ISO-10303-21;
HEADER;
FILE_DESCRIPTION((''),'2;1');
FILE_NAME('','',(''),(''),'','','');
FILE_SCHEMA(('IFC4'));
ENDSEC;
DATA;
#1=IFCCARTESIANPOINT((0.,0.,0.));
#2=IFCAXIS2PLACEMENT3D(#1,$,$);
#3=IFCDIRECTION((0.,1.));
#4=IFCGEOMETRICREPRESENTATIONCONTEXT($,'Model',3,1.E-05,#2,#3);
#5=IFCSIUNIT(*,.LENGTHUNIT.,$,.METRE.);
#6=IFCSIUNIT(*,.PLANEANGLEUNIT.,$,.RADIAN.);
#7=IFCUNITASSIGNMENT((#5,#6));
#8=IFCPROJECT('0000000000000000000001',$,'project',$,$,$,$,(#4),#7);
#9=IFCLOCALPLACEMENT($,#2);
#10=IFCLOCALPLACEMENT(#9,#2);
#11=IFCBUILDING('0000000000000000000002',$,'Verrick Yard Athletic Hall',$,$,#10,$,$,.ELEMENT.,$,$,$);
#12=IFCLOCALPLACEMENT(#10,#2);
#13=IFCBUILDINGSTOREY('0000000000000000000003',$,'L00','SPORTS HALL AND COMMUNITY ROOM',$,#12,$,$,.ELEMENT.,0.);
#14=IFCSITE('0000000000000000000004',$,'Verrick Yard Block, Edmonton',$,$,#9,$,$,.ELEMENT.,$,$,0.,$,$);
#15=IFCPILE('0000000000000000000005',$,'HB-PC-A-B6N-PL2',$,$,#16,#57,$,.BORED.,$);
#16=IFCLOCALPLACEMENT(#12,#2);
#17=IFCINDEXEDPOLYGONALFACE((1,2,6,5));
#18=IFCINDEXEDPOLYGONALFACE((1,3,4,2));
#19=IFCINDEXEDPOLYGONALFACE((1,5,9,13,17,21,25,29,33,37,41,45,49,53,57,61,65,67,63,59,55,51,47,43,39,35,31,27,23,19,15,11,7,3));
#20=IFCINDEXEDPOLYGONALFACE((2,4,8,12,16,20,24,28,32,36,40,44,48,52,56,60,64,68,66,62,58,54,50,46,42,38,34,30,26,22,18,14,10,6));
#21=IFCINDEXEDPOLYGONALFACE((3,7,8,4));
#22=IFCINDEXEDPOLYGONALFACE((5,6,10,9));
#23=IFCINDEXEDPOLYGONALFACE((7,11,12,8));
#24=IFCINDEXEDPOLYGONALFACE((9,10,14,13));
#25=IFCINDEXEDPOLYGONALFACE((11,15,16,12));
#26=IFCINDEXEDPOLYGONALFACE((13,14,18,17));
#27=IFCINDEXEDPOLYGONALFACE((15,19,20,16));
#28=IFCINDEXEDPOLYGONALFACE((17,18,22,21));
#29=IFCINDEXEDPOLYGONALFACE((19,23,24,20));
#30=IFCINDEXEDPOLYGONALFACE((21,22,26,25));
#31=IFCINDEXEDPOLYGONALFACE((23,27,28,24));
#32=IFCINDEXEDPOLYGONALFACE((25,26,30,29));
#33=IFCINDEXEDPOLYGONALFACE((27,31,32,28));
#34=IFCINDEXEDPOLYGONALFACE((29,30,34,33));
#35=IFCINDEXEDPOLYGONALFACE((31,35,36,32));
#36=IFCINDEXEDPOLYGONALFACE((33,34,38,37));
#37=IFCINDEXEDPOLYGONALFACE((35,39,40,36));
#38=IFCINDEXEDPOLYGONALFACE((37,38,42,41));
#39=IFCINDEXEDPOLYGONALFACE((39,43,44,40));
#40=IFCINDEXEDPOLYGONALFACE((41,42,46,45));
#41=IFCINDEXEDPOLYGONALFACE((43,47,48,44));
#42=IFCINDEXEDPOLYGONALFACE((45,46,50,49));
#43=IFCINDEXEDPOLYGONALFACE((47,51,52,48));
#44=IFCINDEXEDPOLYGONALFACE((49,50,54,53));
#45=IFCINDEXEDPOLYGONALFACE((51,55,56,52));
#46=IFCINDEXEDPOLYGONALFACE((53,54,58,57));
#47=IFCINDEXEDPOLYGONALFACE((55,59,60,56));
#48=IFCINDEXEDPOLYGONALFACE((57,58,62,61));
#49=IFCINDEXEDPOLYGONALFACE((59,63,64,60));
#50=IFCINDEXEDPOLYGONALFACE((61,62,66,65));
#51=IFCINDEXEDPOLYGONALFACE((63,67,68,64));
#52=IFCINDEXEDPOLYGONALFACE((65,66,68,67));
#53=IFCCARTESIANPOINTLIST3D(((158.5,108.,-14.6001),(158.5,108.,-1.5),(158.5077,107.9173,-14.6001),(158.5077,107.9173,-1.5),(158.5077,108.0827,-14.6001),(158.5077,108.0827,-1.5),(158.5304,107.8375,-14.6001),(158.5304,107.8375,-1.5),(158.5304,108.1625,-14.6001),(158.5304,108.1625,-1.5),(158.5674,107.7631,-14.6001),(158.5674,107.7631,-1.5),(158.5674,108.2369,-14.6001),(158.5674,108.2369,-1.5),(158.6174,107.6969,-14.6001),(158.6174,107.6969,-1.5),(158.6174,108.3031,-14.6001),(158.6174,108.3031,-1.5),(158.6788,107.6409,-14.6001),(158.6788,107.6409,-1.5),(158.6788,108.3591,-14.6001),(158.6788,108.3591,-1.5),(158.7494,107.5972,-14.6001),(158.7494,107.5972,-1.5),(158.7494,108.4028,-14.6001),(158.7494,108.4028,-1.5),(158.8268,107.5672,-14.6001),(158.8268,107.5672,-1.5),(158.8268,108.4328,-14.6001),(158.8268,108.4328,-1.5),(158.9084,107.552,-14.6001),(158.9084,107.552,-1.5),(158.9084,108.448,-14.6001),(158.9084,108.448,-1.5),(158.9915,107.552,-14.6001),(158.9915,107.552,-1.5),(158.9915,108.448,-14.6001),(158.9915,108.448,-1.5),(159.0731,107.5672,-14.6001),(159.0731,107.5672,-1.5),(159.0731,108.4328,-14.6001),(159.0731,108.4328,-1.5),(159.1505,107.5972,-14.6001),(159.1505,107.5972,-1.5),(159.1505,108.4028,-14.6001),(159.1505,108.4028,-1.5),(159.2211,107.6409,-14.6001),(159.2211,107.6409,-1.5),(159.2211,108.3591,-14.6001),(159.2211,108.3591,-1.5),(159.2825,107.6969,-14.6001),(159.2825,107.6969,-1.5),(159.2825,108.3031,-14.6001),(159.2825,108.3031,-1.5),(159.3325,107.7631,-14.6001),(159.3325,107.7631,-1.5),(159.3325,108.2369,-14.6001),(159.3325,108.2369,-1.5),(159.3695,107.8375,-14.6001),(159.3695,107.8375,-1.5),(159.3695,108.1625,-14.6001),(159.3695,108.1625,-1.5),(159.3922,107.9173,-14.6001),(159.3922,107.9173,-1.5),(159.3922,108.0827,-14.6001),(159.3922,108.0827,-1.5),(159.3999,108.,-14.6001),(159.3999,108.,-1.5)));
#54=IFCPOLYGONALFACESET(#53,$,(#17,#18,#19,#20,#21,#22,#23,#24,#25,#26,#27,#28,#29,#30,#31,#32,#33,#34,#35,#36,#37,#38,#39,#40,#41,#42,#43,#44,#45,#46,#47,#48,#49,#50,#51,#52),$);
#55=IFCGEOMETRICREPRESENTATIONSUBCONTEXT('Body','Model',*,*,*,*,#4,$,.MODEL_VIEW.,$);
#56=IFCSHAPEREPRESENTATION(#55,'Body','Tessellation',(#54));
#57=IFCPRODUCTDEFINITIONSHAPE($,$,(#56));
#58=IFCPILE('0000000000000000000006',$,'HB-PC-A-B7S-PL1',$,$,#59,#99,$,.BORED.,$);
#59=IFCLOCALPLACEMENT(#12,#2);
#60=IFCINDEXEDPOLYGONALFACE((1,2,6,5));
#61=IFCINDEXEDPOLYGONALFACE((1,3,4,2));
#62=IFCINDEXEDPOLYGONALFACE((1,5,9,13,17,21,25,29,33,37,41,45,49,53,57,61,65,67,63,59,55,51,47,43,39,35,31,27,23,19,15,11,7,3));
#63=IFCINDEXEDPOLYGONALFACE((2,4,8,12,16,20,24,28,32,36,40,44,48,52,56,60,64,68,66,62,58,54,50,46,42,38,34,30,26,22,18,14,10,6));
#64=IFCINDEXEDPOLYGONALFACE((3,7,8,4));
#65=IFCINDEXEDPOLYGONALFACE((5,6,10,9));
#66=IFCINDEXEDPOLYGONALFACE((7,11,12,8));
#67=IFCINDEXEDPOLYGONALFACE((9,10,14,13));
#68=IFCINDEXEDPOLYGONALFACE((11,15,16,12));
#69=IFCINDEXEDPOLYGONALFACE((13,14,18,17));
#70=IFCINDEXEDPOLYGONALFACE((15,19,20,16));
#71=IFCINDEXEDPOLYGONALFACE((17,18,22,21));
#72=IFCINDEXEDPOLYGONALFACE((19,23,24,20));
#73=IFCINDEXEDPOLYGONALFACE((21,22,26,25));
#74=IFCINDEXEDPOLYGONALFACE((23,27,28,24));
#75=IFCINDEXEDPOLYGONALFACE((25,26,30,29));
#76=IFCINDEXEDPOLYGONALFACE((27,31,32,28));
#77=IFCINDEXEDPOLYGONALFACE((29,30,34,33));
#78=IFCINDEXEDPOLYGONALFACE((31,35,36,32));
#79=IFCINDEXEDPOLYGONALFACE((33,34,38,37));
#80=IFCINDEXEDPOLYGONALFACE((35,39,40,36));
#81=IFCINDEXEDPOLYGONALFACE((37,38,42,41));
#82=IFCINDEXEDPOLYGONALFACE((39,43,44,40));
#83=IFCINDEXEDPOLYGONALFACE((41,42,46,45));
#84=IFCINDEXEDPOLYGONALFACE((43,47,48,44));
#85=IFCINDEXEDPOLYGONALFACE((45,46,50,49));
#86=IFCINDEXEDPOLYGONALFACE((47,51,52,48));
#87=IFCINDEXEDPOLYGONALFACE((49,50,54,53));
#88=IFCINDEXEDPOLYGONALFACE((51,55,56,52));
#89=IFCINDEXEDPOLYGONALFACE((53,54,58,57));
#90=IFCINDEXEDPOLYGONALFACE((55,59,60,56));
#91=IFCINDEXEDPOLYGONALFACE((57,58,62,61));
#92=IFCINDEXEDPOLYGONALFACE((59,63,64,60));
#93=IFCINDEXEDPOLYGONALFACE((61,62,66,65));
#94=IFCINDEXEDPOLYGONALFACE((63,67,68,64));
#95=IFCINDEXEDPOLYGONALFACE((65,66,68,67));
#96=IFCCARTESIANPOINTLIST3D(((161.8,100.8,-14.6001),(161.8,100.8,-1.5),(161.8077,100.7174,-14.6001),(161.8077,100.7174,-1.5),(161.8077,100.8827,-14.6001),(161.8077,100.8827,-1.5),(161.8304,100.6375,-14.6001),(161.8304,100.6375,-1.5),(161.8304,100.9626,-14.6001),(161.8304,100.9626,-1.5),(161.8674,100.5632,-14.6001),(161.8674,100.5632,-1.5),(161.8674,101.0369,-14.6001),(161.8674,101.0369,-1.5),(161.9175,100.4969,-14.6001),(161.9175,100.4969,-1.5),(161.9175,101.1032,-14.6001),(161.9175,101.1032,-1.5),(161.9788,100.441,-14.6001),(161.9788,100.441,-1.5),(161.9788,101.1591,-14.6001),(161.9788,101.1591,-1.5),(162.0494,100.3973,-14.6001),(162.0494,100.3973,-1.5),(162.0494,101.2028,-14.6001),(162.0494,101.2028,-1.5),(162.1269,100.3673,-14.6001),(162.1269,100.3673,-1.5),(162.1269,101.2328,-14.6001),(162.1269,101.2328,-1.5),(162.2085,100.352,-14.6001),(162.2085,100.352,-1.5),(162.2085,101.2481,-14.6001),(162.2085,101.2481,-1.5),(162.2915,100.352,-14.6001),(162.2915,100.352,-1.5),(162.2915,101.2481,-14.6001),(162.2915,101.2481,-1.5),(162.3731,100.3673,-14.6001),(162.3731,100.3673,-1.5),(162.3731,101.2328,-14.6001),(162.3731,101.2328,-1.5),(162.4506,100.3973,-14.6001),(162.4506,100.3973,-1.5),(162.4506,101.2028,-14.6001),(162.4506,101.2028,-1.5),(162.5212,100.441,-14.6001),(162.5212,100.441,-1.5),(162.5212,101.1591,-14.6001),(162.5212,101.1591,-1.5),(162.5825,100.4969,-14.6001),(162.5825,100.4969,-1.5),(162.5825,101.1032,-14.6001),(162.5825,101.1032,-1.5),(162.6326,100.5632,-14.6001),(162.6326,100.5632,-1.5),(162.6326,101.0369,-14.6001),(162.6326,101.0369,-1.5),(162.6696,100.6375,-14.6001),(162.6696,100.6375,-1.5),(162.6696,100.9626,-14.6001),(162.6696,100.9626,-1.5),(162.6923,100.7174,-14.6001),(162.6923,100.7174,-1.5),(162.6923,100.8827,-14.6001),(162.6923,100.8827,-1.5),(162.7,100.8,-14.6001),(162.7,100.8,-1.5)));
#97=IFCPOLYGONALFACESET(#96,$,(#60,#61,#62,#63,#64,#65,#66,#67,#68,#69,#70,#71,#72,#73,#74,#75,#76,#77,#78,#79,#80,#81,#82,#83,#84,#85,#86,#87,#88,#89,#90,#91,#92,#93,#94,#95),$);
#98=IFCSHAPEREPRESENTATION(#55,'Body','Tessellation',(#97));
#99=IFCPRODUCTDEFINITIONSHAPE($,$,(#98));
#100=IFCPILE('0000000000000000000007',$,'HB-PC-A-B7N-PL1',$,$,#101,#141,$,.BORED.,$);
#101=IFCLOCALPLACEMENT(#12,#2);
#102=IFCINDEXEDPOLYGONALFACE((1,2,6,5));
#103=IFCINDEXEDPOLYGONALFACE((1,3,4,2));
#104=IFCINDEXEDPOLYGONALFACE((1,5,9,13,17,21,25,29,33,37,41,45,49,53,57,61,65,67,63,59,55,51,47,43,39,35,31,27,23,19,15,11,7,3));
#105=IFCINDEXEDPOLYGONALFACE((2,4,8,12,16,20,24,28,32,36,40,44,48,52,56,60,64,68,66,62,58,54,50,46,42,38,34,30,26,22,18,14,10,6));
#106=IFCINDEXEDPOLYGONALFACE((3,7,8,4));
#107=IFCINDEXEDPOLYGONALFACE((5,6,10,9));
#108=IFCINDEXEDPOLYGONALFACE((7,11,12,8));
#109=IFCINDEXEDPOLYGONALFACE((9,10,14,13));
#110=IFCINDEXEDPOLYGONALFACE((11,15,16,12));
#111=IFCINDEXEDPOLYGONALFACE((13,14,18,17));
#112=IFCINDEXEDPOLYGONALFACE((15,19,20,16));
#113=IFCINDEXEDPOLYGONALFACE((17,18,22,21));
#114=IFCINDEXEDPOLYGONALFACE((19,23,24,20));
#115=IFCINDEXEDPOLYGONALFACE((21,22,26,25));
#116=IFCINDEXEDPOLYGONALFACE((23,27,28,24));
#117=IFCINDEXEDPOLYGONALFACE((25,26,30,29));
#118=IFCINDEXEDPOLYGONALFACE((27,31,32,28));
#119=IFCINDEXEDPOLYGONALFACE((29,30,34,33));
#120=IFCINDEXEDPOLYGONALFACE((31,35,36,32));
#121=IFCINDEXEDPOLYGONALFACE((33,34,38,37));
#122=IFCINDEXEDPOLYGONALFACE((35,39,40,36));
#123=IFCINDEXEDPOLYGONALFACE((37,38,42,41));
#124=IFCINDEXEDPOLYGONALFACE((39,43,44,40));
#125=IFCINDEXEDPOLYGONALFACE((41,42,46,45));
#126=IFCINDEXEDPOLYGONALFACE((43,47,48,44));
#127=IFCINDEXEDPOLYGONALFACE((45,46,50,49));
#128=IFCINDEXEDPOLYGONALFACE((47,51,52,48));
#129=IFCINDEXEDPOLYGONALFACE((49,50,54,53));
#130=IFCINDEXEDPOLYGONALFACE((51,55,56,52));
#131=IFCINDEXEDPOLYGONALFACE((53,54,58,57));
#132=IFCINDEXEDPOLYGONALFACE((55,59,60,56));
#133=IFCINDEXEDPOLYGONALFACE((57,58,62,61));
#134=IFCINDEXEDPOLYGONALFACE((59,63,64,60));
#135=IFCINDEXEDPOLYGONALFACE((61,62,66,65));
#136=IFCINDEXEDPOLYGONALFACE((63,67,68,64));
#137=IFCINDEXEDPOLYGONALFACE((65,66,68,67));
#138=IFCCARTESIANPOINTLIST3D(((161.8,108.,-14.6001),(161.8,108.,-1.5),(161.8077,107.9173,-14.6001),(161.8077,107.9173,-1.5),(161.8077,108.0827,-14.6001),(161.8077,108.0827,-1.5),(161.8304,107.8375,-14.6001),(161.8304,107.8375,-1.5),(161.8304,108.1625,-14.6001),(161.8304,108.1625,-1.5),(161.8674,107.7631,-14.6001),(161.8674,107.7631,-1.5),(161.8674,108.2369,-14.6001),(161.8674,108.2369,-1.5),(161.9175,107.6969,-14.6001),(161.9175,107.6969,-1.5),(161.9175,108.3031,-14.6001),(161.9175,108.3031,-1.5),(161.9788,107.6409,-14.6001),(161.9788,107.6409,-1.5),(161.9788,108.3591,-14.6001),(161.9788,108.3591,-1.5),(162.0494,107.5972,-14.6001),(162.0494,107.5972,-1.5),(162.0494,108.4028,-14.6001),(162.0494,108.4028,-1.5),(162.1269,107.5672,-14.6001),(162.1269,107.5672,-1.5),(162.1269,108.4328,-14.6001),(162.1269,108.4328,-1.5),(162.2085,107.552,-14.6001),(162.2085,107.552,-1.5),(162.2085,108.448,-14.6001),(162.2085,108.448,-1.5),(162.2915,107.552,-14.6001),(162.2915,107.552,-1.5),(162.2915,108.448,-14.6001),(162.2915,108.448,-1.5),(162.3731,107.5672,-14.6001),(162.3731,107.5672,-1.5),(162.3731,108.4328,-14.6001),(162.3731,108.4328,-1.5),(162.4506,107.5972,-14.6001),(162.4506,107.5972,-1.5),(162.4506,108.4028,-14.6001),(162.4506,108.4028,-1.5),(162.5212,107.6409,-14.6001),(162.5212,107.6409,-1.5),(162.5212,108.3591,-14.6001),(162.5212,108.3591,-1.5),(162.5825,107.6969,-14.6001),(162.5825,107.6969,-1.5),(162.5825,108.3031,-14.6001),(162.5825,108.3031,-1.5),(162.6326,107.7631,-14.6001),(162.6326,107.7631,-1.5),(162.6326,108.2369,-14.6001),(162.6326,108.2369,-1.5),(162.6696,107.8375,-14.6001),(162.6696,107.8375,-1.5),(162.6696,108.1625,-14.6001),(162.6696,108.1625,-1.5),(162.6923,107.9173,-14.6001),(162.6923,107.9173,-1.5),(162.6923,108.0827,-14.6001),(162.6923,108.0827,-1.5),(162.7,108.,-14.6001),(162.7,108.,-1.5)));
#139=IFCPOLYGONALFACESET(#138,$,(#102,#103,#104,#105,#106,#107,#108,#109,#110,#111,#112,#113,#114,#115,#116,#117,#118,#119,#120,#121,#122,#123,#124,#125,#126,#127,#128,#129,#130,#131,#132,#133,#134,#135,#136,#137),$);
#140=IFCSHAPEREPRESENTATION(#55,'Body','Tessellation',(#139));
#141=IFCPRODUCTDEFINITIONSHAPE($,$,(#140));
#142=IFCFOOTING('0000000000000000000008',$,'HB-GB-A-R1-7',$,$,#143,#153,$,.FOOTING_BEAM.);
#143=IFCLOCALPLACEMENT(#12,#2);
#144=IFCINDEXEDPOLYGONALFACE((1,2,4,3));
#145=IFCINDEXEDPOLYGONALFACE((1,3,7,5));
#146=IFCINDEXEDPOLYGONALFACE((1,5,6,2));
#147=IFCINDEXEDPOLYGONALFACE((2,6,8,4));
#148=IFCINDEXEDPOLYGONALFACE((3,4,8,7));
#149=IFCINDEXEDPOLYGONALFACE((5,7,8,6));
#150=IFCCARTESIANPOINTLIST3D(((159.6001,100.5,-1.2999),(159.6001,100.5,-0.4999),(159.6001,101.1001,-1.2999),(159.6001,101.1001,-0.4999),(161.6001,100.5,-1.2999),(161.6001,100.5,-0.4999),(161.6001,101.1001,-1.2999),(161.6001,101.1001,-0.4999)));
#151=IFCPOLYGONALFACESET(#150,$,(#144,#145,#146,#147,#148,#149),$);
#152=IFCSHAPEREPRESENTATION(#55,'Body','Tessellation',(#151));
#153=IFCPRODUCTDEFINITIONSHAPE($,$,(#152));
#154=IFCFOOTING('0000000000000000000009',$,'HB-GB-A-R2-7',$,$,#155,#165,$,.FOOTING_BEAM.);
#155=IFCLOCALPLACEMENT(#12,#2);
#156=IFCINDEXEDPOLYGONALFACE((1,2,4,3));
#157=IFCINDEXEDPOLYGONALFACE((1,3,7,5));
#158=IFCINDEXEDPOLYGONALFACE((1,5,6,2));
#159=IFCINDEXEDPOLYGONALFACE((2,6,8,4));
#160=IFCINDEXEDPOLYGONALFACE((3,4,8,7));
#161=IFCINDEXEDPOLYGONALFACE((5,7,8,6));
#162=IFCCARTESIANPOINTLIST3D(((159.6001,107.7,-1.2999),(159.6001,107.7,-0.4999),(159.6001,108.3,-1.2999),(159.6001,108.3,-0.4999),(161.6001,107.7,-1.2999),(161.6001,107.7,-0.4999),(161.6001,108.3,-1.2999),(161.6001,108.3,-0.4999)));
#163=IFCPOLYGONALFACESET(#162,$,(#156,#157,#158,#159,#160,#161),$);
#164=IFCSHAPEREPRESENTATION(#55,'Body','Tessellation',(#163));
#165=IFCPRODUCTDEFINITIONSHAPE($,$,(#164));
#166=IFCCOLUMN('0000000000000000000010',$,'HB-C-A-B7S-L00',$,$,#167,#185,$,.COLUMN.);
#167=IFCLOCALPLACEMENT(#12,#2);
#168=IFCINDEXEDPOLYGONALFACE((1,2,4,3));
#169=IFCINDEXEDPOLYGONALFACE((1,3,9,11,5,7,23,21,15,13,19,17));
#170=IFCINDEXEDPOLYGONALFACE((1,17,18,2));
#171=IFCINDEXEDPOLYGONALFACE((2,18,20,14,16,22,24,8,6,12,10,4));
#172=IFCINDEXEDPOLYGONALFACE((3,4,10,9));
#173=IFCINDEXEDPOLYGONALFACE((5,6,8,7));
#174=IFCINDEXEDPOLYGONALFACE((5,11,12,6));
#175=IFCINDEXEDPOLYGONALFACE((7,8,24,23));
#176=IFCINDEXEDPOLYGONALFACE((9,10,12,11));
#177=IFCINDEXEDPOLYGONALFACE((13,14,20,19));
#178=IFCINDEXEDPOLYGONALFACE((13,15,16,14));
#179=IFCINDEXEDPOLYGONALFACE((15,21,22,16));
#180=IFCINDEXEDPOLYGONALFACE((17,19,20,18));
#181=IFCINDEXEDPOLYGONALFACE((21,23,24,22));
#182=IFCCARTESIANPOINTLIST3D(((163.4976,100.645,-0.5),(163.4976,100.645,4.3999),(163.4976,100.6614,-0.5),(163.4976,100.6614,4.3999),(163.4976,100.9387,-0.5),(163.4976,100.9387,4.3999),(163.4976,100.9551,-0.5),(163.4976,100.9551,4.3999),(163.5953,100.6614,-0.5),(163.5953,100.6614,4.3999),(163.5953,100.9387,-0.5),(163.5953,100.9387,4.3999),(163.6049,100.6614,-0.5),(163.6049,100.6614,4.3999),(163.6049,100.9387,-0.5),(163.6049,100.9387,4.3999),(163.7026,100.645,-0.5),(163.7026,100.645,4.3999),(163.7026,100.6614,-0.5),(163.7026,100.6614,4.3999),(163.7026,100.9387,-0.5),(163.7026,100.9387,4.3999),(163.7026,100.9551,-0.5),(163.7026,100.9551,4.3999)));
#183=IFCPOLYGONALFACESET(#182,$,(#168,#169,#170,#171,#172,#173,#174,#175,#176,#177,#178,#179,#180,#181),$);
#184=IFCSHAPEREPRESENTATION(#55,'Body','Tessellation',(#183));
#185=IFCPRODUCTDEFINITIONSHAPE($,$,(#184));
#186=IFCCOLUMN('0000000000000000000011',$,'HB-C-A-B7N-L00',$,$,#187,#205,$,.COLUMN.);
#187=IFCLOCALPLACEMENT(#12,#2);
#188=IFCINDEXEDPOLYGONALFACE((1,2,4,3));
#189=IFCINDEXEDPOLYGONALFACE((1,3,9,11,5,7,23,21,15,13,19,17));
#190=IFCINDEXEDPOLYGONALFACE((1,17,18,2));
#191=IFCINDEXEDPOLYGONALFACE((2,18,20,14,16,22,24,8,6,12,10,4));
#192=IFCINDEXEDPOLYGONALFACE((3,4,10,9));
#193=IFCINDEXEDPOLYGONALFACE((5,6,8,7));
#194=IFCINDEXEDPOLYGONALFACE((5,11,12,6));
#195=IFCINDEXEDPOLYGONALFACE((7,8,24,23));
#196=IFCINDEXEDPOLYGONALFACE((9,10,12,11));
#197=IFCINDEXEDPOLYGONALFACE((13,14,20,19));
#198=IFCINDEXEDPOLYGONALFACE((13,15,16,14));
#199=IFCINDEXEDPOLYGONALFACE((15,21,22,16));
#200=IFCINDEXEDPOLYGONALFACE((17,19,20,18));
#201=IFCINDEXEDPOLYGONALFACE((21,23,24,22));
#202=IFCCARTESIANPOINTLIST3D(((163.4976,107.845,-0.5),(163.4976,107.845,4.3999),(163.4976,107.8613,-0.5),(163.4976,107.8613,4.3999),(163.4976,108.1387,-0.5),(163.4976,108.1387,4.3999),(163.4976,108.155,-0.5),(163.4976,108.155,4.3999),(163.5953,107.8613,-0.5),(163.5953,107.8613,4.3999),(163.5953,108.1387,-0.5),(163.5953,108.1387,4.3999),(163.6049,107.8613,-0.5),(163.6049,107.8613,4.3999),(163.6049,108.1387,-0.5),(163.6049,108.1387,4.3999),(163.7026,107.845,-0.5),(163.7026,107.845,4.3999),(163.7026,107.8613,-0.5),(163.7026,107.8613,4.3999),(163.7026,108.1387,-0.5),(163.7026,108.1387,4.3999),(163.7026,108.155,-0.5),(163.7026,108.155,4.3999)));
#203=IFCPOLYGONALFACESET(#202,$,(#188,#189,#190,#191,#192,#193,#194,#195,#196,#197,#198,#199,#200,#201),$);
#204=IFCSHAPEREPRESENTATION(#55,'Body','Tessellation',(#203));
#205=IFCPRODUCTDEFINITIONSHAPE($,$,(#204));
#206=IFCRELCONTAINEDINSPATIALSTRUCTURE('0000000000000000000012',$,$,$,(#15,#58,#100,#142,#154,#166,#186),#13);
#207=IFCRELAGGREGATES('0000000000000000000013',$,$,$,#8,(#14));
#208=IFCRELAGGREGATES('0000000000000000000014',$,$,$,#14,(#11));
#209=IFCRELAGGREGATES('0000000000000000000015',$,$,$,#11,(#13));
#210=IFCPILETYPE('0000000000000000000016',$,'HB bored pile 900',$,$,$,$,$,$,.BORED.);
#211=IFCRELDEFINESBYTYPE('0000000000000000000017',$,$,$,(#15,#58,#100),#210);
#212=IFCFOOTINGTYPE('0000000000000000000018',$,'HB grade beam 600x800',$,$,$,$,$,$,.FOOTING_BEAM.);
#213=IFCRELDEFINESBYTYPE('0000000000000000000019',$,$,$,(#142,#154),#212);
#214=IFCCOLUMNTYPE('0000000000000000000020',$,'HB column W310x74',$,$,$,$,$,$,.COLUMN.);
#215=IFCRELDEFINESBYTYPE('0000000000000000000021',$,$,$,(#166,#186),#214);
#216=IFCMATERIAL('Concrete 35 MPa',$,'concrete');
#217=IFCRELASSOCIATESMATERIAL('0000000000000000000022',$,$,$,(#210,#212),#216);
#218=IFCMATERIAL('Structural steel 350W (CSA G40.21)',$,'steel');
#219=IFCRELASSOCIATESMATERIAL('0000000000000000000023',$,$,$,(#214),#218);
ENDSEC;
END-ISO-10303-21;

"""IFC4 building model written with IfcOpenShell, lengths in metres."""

from ifc_helpers import new_model, si_unit, direction, frame, origin, origin_2d, place, context, subcontext, project, spatial, rectangle, circle, i_section, extrude, material, material_profile, profile_set, type_object, element, save


model = new_model("IFC4")

# Units and contexts
model_context = context("Model", 3, precision=1e-05, world=origin(), true_north=direction((0.0, 1.0)))
body_context = subcontext(model_context, "Body", "Model", "MODEL_VIEW")
ifc_project = project(units=[si_unit("LENGTHUNIT", "METRE"), si_unit("PLANEANGLEUNIT", "RADIAN")], contexts=[model_context])

# Site, building, storey
site_placement = place(None, origin())
site = spatial("IfcSite", under=ifc_project, at=site_placement, Name="Verrick Yard Block, Edmonton", CompositionType="ELEMENT", RefElevation=0.0)
building_placement = place(site_placement, origin())
building = spatial("IfcBuilding", under=site, at=building_placement, Name="Verrick Yard Athletic Hall", CompositionType="ELEMENT")
storey_placement = place(building_placement, origin())
storey = spatial("IfcBuildingStorey", under=building, at=storey_placement, Name="L00", Description="SPORTS HALL AND COMMUNITY ROOM", CompositionType="ELEMENT", Elevation=0.0)

# Piles
ifc_material_1 = material(Name="Concrete 35 MPa", Category="concrete")
ifc_material_profile_1 = material_profile(ifc_material_1, circle(Radius=0.45, at=origin_2d()), Name="Bored pile 900")
ifc_profile_set_1 = profile_set([ifc_material_profile_1], Name="Concrete 35 MPa")
pile_type = type_object("IfcPileType", Name="HB bored pile 900", PredefinedType="BORED", material=ifc_profile_set_1)
for number, where, z_axis, x_axis, name in (
    (1, (158.95, 108.0, -1.5), (0.0, 0.0, -1.0), (1.0, 0.0, 0.0), "HB-PC-A-B6N-PL2"),
    (2, (162.25, 100.8, -1.5), (0.0, 0.0, -1.0), (1.0, 0.0, 0.0), "HB-PC-A-B7S-PL1"),
    (3, (162.25, 108.0, -1.5), (0.0, 0.0, -1.0), (1.0, 0.0, 0.0), "HB-PC-A-B7N-PL1"),
):
    element("IfcPile", number, at=place(storey_placement, frame(where, z_axis=z_axis, x_axis=x_axis)), inside=storey, type_object=pile_type, Name=name, PredefinedType="BORED", context=body_context, shape_type="SweptSolid", body=[
        extrude(circle(Radius=0.45, at=origin_2d()), origin(), (0.0, 0.0, 1.0), 13.1001),
    ])

# Footings
ifc_material_profile_2 = material_profile(ifc_material_1, rectangle(XDim=0.6001, YDim=0.8, at=origin_2d()), Name="Grade beam 600x800")
ifc_profile_set_2 = profile_set([ifc_material_profile_2], Name="Concrete 35 MPa")
footing_type = type_object("IfcFootingType", Name="HB grade beam 600x800", PredefinedType="FOOTING_BEAM", material=ifc_profile_set_2)
for number, where, z_axis, x_axis, name in (
    (4, (159.6001, 100.8, -0.8999), (1.0, 0.0, 0.0), (0.0, 1.0, 0.0), "HB-GB-A-R1-7"),
    (5, (159.6001, 108.0, -0.8999), (1.0, 0.0, 0.0), (0.0, 1.0, 0.0), "HB-GB-A-R2-7"),
):
    element("IfcFooting", number, at=place(storey_placement, frame(where, z_axis=z_axis, x_axis=x_axis)), inside=storey, type_object=footing_type, Name=name, PredefinedType="FOOTING_BEAM", context=body_context, shape_type="SweptSolid", body=[
        extrude(rectangle(XDim=0.6001, YDim=0.8, at=origin_2d()), origin(), (0.0, 0.0, 1.0), 2.0),
    ])

# Columns
ifc_material_2 = material(Name="Structural steel 350W (CSA G40.21)", Category="steel")
ifc_material_profile_3 = material_profile(ifc_material_2, i_section(OverallWidth=0.2051, OverallDepth=0.3101, WebThickness=0.0095, FlangeThickness=0.0164, at=origin_2d()), Name="W310x74")
ifc_profile_set_3 = profile_set([ifc_material_profile_3], Name="Structural steel 350W (CSA G40.21)")
column_type = type_object("IfcColumnType", Name="HB column W310x74", PredefinedType="COLUMN", material=ifc_profile_set_3)
for number, where, z_axis, x_axis, name in (
    (6, (163.6001, 100.8, -0.5), (0.0, 0.0, 1.0), (1.0, 0.0, 0.0), "HB-C-A-B7S-L00"),
    (7, (163.6001, 108.0, -0.5), (0.0, 0.0, 1.0), (1.0, 0.0, 0.0), "HB-C-A-B7N-L00"),
):
    element("IfcColumn", number, at=place(storey_placement, frame(where, z_axis=z_axis, x_axis=x_axis)), inside=storey, type_object=column_type, Name=name, PredefinedType="COLUMN", context=body_context, shape_type="SweptSolid", body=[
        extrude(i_section(OverallWidth=0.2051, OverallDepth=0.3101, WebThickness=0.0095, FlangeThickness=0.0164, at=origin_2d()), origin(), (0.0, 0.0, 1.0), 4.8999),
    ])

save(model, "model.ifc")
